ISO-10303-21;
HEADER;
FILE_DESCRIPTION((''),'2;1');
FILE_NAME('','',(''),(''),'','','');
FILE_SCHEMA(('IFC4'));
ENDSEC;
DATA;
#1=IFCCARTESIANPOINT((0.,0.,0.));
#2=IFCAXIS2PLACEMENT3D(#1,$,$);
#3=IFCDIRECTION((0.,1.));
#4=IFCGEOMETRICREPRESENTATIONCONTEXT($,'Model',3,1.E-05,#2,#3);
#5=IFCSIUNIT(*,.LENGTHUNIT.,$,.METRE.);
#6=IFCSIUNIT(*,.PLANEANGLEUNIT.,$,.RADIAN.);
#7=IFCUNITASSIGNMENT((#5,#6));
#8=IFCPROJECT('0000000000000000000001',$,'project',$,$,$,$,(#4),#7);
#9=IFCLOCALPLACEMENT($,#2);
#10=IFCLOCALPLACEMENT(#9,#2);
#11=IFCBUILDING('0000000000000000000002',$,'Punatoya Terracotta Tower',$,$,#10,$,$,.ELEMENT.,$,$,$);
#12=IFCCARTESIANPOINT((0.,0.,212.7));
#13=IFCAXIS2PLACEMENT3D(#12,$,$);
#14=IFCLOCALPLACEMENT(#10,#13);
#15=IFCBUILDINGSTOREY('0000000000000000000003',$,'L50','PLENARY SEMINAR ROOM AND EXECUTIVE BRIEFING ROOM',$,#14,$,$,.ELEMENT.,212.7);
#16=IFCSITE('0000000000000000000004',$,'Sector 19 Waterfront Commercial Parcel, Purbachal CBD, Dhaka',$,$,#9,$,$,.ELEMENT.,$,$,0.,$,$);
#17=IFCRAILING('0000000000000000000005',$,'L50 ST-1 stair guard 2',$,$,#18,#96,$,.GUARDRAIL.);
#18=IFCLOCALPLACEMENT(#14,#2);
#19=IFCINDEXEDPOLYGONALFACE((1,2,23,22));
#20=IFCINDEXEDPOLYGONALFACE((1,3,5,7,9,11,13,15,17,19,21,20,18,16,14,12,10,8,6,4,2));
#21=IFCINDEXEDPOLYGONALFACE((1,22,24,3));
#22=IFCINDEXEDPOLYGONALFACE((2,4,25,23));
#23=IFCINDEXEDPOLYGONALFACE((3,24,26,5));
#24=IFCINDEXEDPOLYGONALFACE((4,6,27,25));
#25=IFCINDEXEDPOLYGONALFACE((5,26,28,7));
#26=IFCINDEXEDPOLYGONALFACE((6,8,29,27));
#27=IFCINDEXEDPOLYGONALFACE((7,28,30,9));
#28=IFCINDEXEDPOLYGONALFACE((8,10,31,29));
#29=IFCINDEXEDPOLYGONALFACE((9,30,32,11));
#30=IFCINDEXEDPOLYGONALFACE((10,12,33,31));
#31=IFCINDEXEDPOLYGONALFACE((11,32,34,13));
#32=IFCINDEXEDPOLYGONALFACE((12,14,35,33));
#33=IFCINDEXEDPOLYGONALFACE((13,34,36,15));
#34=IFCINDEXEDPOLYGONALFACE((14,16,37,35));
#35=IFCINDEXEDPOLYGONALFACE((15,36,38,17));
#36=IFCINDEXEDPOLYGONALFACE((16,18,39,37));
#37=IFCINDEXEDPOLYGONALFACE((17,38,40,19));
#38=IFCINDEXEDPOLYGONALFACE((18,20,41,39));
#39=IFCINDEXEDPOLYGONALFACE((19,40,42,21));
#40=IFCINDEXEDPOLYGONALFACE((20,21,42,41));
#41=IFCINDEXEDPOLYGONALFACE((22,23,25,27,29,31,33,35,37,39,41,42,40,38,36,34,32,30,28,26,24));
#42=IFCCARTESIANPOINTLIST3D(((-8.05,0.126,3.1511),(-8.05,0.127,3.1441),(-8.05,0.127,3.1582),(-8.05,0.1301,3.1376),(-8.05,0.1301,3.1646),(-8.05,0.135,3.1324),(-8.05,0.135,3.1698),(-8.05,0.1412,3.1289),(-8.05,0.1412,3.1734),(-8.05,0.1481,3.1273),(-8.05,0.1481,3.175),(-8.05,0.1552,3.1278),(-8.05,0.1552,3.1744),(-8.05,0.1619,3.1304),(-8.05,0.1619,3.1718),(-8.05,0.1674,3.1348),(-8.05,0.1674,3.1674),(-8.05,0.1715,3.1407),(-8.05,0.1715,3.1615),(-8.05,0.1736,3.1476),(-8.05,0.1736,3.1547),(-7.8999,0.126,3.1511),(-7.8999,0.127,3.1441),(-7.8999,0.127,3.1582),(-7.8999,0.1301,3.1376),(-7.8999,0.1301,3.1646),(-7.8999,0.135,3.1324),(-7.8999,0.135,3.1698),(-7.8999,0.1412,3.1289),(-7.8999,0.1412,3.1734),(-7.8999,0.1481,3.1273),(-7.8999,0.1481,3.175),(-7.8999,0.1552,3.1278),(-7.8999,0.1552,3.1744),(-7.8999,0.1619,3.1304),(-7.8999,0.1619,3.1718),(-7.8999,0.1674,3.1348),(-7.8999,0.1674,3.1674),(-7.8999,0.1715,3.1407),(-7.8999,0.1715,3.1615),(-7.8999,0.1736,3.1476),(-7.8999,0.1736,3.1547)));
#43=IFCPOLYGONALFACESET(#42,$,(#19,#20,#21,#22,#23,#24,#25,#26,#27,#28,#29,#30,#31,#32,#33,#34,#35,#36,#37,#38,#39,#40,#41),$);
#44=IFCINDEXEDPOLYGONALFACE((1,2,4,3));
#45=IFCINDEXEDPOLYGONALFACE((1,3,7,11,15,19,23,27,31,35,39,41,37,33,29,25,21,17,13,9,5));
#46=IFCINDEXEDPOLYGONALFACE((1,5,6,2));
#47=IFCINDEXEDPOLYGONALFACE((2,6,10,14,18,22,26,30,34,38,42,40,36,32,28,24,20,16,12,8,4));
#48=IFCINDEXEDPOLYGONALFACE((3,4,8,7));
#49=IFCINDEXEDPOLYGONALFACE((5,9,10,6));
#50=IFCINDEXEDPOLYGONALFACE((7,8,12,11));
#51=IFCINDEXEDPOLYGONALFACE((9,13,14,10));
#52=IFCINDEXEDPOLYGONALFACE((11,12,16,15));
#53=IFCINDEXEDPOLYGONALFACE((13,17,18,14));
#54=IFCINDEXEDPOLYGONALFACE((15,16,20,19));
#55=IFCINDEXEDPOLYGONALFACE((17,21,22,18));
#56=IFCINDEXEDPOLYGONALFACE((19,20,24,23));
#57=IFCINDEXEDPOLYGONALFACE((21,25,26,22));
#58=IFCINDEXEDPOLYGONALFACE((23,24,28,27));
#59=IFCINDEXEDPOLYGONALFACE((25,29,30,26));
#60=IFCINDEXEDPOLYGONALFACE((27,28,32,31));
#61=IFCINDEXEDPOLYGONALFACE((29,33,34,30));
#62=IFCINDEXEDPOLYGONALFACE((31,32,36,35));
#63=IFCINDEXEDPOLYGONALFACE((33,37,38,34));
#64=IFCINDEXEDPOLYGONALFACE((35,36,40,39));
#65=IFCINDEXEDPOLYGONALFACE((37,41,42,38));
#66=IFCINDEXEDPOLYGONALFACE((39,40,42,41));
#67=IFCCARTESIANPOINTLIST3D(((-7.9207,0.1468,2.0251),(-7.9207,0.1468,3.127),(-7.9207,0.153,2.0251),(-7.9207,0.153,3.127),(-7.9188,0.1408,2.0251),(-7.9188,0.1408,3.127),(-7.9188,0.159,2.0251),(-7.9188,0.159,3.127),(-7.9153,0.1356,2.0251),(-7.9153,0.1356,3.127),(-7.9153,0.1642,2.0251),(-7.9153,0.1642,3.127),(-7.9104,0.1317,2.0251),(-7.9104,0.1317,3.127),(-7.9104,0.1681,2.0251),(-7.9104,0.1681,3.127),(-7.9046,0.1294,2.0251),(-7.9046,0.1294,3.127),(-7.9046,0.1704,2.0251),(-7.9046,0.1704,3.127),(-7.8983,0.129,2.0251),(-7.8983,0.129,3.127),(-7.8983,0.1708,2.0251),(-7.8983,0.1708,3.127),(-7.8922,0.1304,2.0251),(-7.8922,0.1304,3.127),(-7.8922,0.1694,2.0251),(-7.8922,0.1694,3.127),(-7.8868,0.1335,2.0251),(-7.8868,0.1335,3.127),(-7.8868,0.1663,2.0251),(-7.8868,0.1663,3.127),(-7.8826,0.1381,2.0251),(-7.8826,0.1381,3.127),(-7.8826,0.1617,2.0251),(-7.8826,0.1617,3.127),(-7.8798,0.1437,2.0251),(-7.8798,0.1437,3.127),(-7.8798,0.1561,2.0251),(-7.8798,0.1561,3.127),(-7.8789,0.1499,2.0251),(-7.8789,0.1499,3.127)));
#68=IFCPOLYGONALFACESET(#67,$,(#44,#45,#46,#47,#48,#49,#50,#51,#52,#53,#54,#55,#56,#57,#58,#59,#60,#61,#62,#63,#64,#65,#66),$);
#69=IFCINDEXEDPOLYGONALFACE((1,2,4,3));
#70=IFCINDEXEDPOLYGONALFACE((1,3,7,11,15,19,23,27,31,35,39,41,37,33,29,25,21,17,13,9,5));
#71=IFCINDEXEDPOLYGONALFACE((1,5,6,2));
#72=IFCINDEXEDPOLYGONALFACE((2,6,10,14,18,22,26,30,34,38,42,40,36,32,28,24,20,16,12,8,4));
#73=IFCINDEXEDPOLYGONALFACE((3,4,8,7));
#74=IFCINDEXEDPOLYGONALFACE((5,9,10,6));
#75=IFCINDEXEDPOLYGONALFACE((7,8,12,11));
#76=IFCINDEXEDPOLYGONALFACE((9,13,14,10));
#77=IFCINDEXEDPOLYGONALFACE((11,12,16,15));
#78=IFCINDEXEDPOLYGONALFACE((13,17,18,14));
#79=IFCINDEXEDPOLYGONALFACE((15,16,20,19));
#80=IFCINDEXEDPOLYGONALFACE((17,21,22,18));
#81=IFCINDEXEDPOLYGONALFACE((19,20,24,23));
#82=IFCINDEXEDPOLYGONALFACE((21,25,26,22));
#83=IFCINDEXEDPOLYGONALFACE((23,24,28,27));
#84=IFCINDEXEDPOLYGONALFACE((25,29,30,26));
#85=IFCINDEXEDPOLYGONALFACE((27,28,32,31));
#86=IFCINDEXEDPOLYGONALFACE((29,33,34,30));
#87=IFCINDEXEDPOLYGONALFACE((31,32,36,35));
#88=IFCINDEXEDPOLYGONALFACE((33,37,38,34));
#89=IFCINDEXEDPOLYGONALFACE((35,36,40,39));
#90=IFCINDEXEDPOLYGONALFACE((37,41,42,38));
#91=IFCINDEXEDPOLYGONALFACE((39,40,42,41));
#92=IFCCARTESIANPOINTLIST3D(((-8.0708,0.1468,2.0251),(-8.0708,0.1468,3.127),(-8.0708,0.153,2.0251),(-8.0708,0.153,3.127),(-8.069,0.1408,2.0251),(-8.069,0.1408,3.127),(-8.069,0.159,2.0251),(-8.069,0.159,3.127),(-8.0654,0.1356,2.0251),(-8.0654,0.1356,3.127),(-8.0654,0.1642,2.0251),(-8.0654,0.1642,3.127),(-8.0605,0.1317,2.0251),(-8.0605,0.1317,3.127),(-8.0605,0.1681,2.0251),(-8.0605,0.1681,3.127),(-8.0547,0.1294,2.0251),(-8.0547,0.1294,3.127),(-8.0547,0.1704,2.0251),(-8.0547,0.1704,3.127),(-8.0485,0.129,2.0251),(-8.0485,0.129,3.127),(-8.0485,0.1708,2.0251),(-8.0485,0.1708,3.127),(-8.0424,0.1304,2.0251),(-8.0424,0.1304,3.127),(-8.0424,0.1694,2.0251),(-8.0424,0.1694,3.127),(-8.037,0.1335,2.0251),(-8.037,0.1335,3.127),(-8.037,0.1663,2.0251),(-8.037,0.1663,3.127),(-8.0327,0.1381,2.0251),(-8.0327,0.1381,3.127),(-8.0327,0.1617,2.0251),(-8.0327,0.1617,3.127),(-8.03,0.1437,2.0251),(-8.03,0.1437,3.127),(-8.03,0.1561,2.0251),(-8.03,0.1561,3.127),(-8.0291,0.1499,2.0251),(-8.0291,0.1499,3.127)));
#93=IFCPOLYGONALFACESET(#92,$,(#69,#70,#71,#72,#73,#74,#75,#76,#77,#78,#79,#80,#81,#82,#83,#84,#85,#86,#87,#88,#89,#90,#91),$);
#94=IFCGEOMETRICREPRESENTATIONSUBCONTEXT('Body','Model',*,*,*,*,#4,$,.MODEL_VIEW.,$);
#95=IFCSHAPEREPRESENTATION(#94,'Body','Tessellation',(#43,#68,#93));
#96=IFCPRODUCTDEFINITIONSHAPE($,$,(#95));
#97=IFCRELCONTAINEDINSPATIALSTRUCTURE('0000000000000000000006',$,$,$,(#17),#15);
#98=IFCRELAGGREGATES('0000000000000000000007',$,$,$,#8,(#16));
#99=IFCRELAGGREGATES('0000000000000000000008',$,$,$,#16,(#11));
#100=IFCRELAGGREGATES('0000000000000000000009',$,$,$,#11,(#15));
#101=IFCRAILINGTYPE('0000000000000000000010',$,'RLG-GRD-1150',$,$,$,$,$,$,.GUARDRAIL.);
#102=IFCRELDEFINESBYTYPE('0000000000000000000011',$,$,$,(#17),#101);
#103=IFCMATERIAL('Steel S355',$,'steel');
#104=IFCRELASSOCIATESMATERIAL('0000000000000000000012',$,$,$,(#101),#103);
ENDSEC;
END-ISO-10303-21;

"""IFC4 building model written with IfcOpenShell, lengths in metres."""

from ifc_helpers import new_model, si_unit, direction, frame, origin, origin_2d, place, context, subcontext, project, spatial, circle, extrude, material, type_object, element, save


model = new_model("IFC4")

# Units and contexts
model_context = context("Model", 3, precision=1e-05, world=origin(), true_north=direction((0.0, 1.0)))
body_context = subcontext(model_context, "Body", "Model", "MODEL_VIEW")
ifc_project = project(units=[si_unit("LENGTHUNIT", "METRE"), si_unit("PLANEANGLEUNIT", "RADIAN")], contexts=[model_context])

# Site, building, storey
site_placement = place(None, origin())
site = spatial("IfcSite", under=ifc_project, at=site_placement, Name="Sector 19 Waterfront Commercial Parcel, Purbachal CBD, Dhaka", CompositionType="ELEMENT", RefElevation=0.0)
building_placement = place(site_placement, origin())
building = spatial("IfcBuilding", under=site, at=building_placement, Name="Punatoya Terracotta Tower", CompositionType="ELEMENT")
storey_placement = place(building_placement, frame((0.0, 0.0, 212.7)))
storey = spatial("IfcBuildingStorey", under=building, at=storey_placement, Name="L50", Description="PLENARY SEMINAR ROOM AND EXECUTIVE BRIEFING ROOM", CompositionType="ELEMENT", Elevation=212.7)

# Shared definitions
ifc_material_1 = material(Name="Steel S355", Category="steel")

# Railing
railing_type_1 = type_object("IfcRailingType", Name="RLG-GRD-1150", PredefinedType="GUARDRAIL", material=ifc_material_1)
railing_1_placement = place(storey_placement, frame((-7.8999, 0.1499, 2.0251)))
element("IfcRailing", 1, at=railing_1_placement, inside=storey, type_object=railing_type_1, Name="L50 ST-1 stair guard 2", PredefinedType="GUARDRAIL", context=body_context, shape_type="SweptSolid", body=[
    extrude(circle(Radius=0.0239, at=origin_2d()), frame((0.0, 0.0, 1.126), z_axis=(-1.0, 0.0, 0.0), x_axis=(0.0, -1.0, 0.0)), (0.0, 0.0, 1.0), 0.1501),
    extrude(circle(Radius=0.021, at=origin_2d()), origin(), (0.0, 0.0, 1.0), 1.1018),
    extrude(circle(Radius=0.021, at=origin_2d()), frame((-0.1501, 0.0, 0.0)), (0.0, 0.0, 1.0), 1.1018),
])

save(model, "model.ifc")
